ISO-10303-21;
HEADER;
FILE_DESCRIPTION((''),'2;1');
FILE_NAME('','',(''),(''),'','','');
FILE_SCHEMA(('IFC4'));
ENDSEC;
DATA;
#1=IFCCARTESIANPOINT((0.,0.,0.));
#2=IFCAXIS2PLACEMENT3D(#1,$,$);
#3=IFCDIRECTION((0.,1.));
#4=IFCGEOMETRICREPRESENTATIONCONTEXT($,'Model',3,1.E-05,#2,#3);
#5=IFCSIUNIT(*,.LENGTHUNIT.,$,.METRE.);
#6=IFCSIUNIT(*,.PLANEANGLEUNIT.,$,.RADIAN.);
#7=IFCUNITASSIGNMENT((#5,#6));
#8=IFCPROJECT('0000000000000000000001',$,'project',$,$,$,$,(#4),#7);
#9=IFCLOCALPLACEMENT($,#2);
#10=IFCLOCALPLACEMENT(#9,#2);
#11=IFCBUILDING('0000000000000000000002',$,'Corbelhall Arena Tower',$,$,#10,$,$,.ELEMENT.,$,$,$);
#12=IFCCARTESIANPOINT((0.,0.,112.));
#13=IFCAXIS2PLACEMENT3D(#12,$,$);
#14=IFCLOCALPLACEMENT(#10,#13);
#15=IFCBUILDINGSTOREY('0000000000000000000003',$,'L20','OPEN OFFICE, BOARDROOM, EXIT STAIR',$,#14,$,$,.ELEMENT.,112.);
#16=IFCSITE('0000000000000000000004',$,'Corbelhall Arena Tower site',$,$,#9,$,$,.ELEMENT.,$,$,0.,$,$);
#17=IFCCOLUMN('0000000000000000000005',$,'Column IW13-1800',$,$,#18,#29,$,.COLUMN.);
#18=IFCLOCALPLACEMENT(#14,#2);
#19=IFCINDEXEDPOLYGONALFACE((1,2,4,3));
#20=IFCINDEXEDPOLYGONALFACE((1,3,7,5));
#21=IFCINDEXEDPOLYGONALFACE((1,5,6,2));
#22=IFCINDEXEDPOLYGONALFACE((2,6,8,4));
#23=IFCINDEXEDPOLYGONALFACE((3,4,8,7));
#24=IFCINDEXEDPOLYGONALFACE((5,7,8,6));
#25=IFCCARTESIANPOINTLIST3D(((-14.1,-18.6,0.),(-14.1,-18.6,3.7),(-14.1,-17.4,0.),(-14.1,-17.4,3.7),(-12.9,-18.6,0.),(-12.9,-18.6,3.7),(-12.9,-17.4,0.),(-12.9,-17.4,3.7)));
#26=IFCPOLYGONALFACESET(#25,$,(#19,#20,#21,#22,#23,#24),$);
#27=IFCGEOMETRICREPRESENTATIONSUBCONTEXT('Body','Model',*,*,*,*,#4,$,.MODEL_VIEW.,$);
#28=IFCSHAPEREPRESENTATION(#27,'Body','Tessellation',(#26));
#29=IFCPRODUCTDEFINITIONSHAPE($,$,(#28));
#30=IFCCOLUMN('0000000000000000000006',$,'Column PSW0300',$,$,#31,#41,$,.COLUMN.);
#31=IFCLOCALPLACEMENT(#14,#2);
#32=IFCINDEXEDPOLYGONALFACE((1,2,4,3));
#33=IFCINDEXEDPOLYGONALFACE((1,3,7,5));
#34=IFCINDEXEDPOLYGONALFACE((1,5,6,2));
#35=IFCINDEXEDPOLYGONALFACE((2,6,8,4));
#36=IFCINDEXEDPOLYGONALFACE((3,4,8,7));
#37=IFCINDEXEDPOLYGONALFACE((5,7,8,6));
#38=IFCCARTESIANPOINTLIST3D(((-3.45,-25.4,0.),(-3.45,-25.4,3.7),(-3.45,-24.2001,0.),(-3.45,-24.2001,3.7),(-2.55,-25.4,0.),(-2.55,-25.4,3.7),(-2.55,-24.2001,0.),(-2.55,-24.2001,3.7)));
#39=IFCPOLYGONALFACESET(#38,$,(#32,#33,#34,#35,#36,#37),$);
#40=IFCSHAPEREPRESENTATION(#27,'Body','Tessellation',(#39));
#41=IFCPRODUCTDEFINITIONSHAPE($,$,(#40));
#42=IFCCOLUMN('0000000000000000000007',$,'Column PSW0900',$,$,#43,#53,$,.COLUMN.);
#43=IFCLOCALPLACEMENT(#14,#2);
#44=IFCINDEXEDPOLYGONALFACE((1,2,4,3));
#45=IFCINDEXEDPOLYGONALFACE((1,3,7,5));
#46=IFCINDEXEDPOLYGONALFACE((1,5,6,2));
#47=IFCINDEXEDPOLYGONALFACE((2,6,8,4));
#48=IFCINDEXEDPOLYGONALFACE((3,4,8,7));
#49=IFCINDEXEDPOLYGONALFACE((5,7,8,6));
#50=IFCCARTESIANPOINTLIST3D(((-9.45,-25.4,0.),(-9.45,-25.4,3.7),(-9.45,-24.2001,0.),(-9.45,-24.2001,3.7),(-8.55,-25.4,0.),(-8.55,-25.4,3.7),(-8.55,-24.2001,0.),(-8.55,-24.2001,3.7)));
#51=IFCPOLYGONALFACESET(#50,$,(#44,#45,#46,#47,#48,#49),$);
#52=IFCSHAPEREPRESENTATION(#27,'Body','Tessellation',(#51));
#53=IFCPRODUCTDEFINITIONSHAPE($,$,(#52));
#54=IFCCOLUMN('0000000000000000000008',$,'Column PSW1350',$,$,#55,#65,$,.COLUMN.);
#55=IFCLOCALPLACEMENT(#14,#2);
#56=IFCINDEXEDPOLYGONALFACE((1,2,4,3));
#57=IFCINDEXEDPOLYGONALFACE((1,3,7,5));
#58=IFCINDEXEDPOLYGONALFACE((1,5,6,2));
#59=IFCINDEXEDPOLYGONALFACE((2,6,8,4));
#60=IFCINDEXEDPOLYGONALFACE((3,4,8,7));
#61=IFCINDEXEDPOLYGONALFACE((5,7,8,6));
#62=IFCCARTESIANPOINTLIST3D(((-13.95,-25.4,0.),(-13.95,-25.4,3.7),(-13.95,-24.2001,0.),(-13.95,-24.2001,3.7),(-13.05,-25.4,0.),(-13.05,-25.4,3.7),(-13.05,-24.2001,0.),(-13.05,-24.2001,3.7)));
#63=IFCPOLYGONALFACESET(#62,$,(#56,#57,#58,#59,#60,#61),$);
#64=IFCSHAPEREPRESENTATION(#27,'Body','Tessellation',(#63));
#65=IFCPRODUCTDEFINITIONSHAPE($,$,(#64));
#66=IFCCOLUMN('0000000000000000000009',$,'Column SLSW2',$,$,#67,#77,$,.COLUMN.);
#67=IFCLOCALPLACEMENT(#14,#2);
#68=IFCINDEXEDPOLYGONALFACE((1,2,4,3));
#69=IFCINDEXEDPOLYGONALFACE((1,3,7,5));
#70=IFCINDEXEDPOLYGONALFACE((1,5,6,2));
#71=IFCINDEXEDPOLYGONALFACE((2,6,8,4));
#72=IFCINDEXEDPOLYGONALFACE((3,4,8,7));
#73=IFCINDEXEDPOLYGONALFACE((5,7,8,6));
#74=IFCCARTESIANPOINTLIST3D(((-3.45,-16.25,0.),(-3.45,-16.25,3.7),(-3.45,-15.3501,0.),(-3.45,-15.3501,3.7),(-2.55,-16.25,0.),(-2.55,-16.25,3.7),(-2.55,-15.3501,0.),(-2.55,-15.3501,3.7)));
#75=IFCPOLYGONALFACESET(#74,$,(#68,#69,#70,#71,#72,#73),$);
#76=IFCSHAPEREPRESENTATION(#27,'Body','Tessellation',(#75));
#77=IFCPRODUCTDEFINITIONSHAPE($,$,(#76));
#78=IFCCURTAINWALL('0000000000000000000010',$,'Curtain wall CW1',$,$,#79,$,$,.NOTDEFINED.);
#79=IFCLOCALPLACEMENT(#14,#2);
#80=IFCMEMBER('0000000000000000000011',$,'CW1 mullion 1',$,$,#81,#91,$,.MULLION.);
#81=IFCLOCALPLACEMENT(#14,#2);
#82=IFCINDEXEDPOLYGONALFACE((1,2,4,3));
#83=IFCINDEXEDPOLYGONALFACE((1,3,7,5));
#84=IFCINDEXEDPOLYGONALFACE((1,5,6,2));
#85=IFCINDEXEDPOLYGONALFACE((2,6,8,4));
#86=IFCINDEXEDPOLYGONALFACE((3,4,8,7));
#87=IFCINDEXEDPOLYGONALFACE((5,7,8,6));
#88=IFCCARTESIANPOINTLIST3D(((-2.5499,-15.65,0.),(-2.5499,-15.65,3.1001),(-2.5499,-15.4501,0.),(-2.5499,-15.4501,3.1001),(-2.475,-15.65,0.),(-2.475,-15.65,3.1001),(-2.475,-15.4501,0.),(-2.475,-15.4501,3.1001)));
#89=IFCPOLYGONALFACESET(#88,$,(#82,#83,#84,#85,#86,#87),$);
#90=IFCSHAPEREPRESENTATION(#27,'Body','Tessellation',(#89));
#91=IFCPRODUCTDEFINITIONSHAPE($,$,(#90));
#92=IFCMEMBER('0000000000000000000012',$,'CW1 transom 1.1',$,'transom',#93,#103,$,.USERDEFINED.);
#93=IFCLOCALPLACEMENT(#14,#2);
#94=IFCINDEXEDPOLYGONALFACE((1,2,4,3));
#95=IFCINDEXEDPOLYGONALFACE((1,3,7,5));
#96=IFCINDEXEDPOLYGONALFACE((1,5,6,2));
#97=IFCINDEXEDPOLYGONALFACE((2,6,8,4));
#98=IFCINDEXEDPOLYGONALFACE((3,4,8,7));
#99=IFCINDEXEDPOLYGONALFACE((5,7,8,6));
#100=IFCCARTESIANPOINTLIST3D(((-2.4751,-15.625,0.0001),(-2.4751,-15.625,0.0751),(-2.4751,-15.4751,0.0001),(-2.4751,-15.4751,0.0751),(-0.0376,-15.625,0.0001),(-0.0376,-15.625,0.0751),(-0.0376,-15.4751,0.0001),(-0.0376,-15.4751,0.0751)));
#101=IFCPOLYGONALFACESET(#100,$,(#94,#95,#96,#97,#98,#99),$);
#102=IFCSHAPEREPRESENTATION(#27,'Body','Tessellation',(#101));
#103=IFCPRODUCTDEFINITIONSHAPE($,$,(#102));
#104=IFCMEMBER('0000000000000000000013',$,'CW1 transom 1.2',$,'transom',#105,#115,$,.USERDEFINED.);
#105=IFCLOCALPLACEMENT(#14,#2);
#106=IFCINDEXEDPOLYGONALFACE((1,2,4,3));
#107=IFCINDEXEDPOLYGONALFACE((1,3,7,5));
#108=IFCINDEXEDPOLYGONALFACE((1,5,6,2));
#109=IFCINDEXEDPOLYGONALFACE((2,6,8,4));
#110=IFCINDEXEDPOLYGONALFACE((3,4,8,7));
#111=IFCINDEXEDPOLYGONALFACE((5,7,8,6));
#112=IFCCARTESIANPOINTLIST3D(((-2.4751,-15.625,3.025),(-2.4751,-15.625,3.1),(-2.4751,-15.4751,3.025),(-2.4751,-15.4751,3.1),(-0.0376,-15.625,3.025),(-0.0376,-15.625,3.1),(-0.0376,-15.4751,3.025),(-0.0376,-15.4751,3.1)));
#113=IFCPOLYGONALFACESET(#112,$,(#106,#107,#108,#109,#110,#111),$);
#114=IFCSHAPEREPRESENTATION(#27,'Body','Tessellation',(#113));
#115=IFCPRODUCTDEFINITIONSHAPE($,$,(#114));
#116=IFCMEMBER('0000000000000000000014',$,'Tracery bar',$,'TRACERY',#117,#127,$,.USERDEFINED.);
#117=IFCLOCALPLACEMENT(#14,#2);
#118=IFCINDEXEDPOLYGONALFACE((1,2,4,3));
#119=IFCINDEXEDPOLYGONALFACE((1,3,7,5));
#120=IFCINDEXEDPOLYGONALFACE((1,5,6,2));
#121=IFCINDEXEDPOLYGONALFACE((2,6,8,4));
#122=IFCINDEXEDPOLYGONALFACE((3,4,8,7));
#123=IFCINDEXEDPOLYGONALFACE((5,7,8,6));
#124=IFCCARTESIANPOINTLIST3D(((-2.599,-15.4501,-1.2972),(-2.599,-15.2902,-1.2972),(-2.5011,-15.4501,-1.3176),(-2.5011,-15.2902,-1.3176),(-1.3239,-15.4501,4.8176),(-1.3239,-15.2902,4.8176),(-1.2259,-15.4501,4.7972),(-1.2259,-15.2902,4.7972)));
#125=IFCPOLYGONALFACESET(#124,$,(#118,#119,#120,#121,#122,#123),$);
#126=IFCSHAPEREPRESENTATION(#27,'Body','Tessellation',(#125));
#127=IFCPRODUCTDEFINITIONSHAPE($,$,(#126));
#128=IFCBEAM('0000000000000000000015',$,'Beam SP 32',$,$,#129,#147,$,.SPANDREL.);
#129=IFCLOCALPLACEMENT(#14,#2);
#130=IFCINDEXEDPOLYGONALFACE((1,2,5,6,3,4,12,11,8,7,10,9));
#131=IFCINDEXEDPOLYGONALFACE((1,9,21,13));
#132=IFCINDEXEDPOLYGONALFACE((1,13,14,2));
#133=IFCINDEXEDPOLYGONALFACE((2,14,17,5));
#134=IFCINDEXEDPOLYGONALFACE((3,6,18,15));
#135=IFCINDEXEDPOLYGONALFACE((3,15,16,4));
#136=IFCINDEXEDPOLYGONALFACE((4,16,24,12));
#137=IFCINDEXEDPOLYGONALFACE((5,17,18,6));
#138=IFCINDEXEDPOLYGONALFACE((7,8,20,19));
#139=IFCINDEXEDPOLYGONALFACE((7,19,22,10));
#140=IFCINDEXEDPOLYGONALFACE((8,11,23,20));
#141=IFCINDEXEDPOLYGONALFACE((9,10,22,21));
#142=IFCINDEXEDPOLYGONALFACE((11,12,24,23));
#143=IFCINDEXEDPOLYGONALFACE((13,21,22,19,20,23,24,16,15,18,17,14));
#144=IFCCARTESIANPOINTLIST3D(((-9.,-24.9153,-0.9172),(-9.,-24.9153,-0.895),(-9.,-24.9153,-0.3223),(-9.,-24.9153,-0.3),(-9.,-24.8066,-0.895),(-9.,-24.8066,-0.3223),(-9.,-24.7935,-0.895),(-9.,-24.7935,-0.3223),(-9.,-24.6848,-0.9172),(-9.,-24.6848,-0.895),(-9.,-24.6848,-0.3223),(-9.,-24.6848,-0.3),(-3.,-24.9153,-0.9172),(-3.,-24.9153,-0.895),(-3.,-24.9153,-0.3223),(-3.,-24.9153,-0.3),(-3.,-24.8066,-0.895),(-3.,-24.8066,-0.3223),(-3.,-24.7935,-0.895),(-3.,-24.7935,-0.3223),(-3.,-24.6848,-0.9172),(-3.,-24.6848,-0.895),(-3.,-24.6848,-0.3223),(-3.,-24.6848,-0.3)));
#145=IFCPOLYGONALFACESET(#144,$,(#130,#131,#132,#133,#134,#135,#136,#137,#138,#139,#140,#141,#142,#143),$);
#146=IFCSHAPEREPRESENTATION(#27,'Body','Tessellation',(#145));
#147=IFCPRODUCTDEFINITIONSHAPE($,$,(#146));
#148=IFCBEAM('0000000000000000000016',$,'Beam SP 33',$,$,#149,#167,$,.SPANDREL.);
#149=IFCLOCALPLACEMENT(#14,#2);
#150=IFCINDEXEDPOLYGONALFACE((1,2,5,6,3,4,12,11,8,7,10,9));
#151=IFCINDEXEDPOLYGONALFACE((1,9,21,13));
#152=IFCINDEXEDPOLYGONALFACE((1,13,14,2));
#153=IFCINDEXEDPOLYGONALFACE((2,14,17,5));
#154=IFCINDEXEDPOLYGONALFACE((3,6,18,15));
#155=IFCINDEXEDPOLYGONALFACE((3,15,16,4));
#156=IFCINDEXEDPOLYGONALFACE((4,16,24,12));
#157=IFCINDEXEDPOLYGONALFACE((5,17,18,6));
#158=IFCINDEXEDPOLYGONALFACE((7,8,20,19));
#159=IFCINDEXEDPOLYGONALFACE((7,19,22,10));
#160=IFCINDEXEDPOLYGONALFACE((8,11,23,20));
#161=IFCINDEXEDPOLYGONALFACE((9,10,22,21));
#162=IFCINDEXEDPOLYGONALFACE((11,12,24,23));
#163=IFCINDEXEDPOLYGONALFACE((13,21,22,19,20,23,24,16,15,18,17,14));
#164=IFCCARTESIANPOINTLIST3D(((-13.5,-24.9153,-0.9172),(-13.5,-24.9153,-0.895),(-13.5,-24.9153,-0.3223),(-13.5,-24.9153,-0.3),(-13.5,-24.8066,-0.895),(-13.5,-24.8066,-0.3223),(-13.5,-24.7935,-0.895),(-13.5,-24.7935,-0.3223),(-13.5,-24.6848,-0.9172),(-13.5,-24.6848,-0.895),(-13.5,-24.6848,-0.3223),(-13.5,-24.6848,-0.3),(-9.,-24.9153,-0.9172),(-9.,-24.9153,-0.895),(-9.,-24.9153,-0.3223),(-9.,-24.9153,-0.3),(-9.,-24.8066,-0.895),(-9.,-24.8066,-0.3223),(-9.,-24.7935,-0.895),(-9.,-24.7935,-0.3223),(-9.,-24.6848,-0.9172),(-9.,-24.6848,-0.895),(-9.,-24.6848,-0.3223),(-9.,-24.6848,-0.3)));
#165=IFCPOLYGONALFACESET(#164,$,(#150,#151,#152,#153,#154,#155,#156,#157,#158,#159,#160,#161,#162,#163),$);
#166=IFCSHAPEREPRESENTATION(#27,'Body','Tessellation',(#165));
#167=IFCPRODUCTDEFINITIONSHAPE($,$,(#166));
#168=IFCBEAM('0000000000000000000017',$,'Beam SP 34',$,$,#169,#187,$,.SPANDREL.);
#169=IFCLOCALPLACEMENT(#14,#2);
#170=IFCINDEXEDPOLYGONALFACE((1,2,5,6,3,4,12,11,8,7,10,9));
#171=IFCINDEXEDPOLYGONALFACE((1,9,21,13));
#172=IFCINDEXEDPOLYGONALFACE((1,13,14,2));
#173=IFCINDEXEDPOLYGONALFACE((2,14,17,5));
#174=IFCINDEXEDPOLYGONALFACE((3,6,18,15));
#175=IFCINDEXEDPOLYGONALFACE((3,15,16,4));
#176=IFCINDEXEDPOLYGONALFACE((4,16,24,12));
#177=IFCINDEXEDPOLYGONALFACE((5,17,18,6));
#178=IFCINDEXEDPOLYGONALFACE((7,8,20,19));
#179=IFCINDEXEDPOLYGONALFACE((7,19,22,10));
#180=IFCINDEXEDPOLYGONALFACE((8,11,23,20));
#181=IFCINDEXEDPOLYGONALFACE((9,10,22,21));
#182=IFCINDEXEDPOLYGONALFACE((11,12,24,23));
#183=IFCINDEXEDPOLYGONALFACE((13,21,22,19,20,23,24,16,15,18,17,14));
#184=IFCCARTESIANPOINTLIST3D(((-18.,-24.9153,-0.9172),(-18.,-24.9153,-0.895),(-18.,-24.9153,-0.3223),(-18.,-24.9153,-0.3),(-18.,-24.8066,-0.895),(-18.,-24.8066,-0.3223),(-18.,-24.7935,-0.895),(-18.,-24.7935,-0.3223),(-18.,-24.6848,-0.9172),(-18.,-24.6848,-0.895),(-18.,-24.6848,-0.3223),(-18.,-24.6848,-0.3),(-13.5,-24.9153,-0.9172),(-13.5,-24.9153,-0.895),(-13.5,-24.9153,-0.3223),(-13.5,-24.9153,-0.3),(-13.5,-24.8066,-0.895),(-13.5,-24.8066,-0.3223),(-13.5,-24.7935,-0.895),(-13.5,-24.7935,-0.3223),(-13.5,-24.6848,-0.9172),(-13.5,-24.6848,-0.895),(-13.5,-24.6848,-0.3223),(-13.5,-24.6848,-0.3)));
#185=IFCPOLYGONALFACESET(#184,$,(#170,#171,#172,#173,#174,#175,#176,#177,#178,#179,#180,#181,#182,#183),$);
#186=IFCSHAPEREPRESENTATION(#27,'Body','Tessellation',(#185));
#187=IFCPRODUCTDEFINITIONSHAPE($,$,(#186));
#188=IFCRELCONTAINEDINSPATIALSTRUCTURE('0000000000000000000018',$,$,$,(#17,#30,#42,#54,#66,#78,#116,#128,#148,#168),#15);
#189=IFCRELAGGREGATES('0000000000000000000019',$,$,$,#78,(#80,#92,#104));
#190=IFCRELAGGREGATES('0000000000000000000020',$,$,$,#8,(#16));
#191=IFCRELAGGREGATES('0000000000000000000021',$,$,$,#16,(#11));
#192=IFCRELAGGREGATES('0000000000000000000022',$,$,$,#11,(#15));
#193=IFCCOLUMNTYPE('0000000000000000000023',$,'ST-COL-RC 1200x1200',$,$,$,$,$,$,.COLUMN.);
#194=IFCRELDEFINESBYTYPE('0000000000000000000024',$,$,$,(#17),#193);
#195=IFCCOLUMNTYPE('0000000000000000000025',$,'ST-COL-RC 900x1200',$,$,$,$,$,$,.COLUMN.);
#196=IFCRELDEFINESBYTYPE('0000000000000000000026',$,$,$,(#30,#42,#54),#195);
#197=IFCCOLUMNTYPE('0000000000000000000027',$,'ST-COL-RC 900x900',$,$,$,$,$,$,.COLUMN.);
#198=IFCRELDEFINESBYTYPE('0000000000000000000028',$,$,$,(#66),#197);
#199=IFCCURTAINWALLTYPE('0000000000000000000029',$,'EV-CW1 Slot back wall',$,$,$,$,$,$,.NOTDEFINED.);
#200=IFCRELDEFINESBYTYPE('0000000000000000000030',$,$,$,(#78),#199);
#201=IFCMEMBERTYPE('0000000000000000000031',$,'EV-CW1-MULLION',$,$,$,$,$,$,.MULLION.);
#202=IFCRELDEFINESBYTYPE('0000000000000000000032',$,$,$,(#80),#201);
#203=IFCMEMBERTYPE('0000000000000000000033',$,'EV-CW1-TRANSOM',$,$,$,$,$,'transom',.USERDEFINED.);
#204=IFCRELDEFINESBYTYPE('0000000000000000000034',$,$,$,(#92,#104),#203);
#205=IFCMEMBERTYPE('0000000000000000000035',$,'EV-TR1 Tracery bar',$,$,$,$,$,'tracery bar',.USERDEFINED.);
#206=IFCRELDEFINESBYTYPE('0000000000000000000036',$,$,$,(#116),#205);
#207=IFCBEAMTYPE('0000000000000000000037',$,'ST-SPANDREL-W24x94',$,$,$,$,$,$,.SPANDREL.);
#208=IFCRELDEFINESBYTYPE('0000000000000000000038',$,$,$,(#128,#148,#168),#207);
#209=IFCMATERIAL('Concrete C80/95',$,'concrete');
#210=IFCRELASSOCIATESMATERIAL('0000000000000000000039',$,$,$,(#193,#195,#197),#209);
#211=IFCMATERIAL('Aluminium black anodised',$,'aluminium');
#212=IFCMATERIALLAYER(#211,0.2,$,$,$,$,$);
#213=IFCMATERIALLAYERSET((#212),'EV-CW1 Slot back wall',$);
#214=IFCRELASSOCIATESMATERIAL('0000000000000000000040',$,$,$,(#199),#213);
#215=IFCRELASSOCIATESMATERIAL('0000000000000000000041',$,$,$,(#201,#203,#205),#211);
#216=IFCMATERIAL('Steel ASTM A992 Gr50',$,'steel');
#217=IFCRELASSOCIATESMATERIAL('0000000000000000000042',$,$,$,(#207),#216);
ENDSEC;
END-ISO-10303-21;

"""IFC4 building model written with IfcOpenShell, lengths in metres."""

from ifc_helpers import new_model, si_unit, direction, frame, origin, origin_2d, place, context, subcontext, project, spatial, rectangle, i_section, extrude, material, layer, layer_set, material_profile, profile_set, type_object, element, aggregate, save


model = new_model("IFC4")

# Units and contexts
model_context = context("Model", 3, precision=1e-05, world=origin(), true_north=direction((0.0, 1.0)))
body_context = subcontext(model_context, "Body", "Model", "MODEL_VIEW")
ifc_project = project(units=[si_unit("LENGTHUNIT", "METRE"), si_unit("PLANEANGLEUNIT", "RADIAN")], contexts=[model_context])

# Site, building, storey
site_placement = place(None, origin())
site = spatial("IfcSite", under=ifc_project, at=site_placement, Name="Corbelhall Arena Tower site", CompositionType="ELEMENT", RefElevation=0.0)
building_placement = place(site_placement, origin())
building = spatial("IfcBuilding", under=site, at=building_placement, Name="Corbelhall Arena Tower", CompositionType="ELEMENT")
storey_placement = place(building_placement, frame((0.0, 0.0, 112.0)))
storey = spatial("IfcBuildingStorey", under=building, at=storey_placement, Name="L20", Description="OPEN OFFICE, BOARDROOM, EXIT STAIR", CompositionType="ELEMENT", Elevation=112.0)

# Columns
ifc_material_1 = material(Name="Concrete C80/95", Category="concrete")
ifc_material_profile_1 = material_profile(ifc_material_1, rectangle(XDim=1.2, YDim=1.2, at=origin_2d()))
ifc_profile_set_1 = profile_set([ifc_material_profile_1], Name="Concrete C80/95")
column_type_1 = type_object("IfcColumnType", Name="ST-COL-RC 1200x1200", PredefinedType="COLUMN", material=ifc_profile_set_1)
column_1_placement = place(storey_placement, frame((-13.5, -18.0, 0.0), z_axis=(0.0, 0.0, 1.0), x_axis=(1.0, 0.0, 0.0)))
element("IfcColumn", 1, at=column_1_placement, inside=storey, type_object=column_type_1, Name="Column IW13-1800", PredefinedType="COLUMN", context=body_context, shape_type="SweptSolid", body=[
    extrude(rectangle(XDim=1.2, YDim=1.2, at=origin_2d()), origin(), (0.0, 0.0, 1.0), 3.7),
])
ifc_material_profile_2 = material_profile(ifc_material_1, rectangle(XDim=0.8999, YDim=1.2, at=origin_2d()))
ifc_profile_set_2 = profile_set([ifc_material_profile_2], Name="Concrete C80/95")
column_type_2 = type_object("IfcColumnType", Name="ST-COL-RC 900x1200", PredefinedType="COLUMN", material=ifc_profile_set_2)
for number, where, z_axis, x_axis, name in (
    (2, (-3.0, -24.8, 0.0), (0.0, 0.0, 1.0), (1.0, 0.0, 0.0), "Column PSW0300"),
    (3, (-9.0, -24.8, 0.0), (0.0, 0.0, 1.0), (1.0, 0.0, 0.0), "Column PSW0900"),
    (4, (-13.5, -24.8, 0.0), (0.0, 0.0, 1.0), (1.0, 0.0, 0.0), "Column PSW1350"),
):
    element("IfcColumn", number, at=place(storey_placement, frame(where, z_axis=z_axis, x_axis=x_axis)), inside=storey, type_object=column_type_2, Name=name, PredefinedType="COLUMN", context=body_context, shape_type="SweptSolid", body=[
        extrude(rectangle(XDim=0.8999, YDim=1.2, at=origin_2d()), origin(), (0.0, 0.0, 1.0), 3.7),
    ])
ifc_material_profile_3 = material_profile(ifc_material_1, rectangle(XDim=0.8999, YDim=0.8999, at=origin_2d()))
ifc_profile_set_3 = profile_set([ifc_material_profile_3], Name="Concrete C80/95")
column_type_3 = type_object("IfcColumnType", Name="ST-COL-RC 900x900", PredefinedType="COLUMN", material=ifc_profile_set_3)
column_2_placement = place(storey_placement, frame((-3.0, -15.8, 0.0), z_axis=(0.0, 0.0, 1.0), x_axis=(1.0, 0.0, 0.0)))
element("IfcColumn", 5, at=column_2_placement, inside=storey, type_object=column_type_3, Name="Column SLSW2", PredefinedType="COLUMN", context=body_context, shape_type="SweptSolid", body=[
    extrude(rectangle(XDim=0.8999, YDim=0.8999, at=origin_2d()), origin(), (0.0, 0.0, 1.0), 3.7),
])

# Curtain wall, members
ifc_material_2 = material(Name="Aluminium black anodised", Category="aluminium")
ifc_layer_1 = layer(ifc_material_2, 0.2)
ifc_layer_set_1 = layer_set([ifc_layer_1], Name="EV-CW1 Slot back wall")
curtain_wall_type = type_object("IfcCurtainWallType", Name="EV-CW1 Slot back wall", PredefinedType="NOTDEFINED", material=ifc_layer_set_1)
curtain_wall_placement = place(storey_placement, origin())
curtain_wall = element("IfcCurtainWall", 6, at=curtain_wall_placement, inside=storey, type_object=curtain_wall_type, Name="Curtain wall CW1", PredefinedType="NOTDEFINED")
ifc_material_profile_4 = material_profile(ifc_material_2, rectangle(XDim=0.2, YDim=0.075, at=origin_2d()))
ifc_profile_set_4 = profile_set([ifc_material_profile_4], Name="Aluminium black anodised")
member_type_1 = type_object("IfcMemberType", Name="EV-CW1-MULLION", PredefinedType="MULLION", material=ifc_profile_set_4)
member_1_placement = place(storey_placement, frame((-2.5125, -15.55, 0.0), z_axis=(0.0, 0.0, 1.0), x_axis=(0.0, 1.0, 0.0)))
member_1 = element("IfcMember", 7, at=member_1_placement, type_object=member_type_1, Name="CW1 mullion 1", PredefinedType="MULLION", context=body_context, shape_type="SweptSolid", body=[
    extrude(rectangle(XDim=0.2, YDim=0.075, at=origin_2d()), origin(), (0.0, 0.0, 1.0), 3.1001),
])
ifc_material_profile_5 = material_profile(ifc_material_2, rectangle(XDim=0.1499, YDim=0.075, at=origin_2d()))
ifc_profile_set_5 = profile_set([ifc_material_profile_5], Name="Aluminium black anodised")
member_type_2 = type_object("IfcMemberType", Name="EV-CW1-TRANSOM", ElementType="transom", PredefinedType="USERDEFINED", material=ifc_profile_set_5)
member_2_placement = place(storey_placement, frame((-2.4751, -15.55, 0.0376), z_axis=(1.0, 0.0, 0.0), x_axis=(0.0, 1.0, 0.0)))
member_2 = element("IfcMember", 8, at=member_2_placement, type_object=member_type_2, Name="CW1 transom 1.1", ObjectType="transom", PredefinedType="USERDEFINED", context=body_context, shape_type="SweptSolid", body=[
    extrude(rectangle(XDim=0.1499, YDim=0.075, at=origin_2d()), origin(), (0.0, 0.0, 1.0), 2.4375),
])
member_3_placement = place(storey_placement, frame((-2.4751, -15.55, 3.0625), z_axis=(1.0, 0.0, 0.0), x_axis=(0.0, 1.0, 0.0)))
member_3 = element("IfcMember", 9, at=member_3_placement, type_object=member_type_2, Name="CW1 transom 1.2", ObjectType="transom", PredefinedType="USERDEFINED", context=body_context, shape_type="SweptSolid", body=[
    extrude(rectangle(XDim=0.1499, YDim=0.075, at=origin_2d()), origin(), (0.0, 0.0, 1.0), 2.4375),
])

# Member
ifc_material_profile_6 = material_profile(ifc_material_2, rectangle(XDim=0.1599, YDim=0.1001, at=origin_2d()))
ifc_profile_set_6 = profile_set([ifc_material_profile_6], Name="Aluminium black anodised")
member_type_3 = type_object("IfcMemberType", Name="EV-TR1 Tracery bar", ElementType="tracery bar", PredefinedType="USERDEFINED", material=ifc_profile_set_6)
member_4_placement = place(storey_placement, frame((-2.55, -15.3701, -1.3074), z_axis=(0.204145, 0.0, 0.978941), x_axis=(0.0, 1.0, 0.0)))
element("IfcMember", 10, at=member_4_placement, inside=storey, type_object=member_type_3, Name="Tracery bar", ObjectType="TRACERY", PredefinedType="USERDEFINED", context=body_context, shape_type="SweptSolid", body=[
    extrude(rectangle(XDim=0.1599, YDim=0.1001, at=origin_2d()), origin(), (0.0, 0.0, 1.0), 6.2463),
])

# Beams
ifc_material_3 = material(Name="Steel ASTM A992 Gr50", Category="steel")
ifc_material_profile_7 = material_profile(ifc_material_3, i_section(OverallWidth=0.2305, OverallDepth=0.6172, WebThickness=0.0132, FlangeThickness=0.0222, at=origin_2d()))
ifc_profile_set_7 = profile_set([ifc_material_profile_7], Name="Steel ASTM A992 Gr50")
beam_type_1 = type_object("IfcBeamType", Name="ST-SPANDREL-W24x94", PredefinedType="SPANDREL", material=ifc_profile_set_7)
beam_1_placement = place(storey_placement, frame((-3.0, -24.8, -0.6086), z_axis=(-1.0, 0.0, 0.0), x_axis=(0.0, -1.0, 0.0)))
element("IfcBeam", 11, at=beam_1_placement, inside=storey, type_object=beam_type_1, Name="Beam SP 32", PredefinedType="SPANDREL", context=body_context, shape_type="SweptSolid", body=[
    extrude(i_section(OverallWidth=0.2305, OverallDepth=0.6172, WebThickness=0.0132, FlangeThickness=0.0222, at=origin_2d()), origin(), (0.0, 0.0, 1.0), 6.0),
])
for number, where, z_axis, x_axis, name in (
    (12, (-9.0, -24.8, -0.6086), (-1.0, 0.0, 0.0), (0.0, -1.0, 0.0), "Beam SP 33"),
    (13, (-13.5, -24.8, -0.6086), (-1.0, 0.0, 0.0), (0.0, -1.0, 0.0), "Beam SP 34"),
):
    element("IfcBeam", number, at=place(storey_placement, frame(where, z_axis=z_axis, x_axis=x_axis)), inside=storey, type_object=beam_type_1, Name=name, PredefinedType="SPANDREL", context=body_context, shape_type="SweptSolid", body=[
        extrude(i_section(OverallWidth=0.2305, OverallDepth=0.6172, WebThickness=0.0132, FlangeThickness=0.0222, at=origin_2d()), origin(), (0.0, 0.0, 1.0), 4.5),
    ])

aggregate(curtain_wall, [member_1, member_2, member_3])

save(model, "model.ifc")
